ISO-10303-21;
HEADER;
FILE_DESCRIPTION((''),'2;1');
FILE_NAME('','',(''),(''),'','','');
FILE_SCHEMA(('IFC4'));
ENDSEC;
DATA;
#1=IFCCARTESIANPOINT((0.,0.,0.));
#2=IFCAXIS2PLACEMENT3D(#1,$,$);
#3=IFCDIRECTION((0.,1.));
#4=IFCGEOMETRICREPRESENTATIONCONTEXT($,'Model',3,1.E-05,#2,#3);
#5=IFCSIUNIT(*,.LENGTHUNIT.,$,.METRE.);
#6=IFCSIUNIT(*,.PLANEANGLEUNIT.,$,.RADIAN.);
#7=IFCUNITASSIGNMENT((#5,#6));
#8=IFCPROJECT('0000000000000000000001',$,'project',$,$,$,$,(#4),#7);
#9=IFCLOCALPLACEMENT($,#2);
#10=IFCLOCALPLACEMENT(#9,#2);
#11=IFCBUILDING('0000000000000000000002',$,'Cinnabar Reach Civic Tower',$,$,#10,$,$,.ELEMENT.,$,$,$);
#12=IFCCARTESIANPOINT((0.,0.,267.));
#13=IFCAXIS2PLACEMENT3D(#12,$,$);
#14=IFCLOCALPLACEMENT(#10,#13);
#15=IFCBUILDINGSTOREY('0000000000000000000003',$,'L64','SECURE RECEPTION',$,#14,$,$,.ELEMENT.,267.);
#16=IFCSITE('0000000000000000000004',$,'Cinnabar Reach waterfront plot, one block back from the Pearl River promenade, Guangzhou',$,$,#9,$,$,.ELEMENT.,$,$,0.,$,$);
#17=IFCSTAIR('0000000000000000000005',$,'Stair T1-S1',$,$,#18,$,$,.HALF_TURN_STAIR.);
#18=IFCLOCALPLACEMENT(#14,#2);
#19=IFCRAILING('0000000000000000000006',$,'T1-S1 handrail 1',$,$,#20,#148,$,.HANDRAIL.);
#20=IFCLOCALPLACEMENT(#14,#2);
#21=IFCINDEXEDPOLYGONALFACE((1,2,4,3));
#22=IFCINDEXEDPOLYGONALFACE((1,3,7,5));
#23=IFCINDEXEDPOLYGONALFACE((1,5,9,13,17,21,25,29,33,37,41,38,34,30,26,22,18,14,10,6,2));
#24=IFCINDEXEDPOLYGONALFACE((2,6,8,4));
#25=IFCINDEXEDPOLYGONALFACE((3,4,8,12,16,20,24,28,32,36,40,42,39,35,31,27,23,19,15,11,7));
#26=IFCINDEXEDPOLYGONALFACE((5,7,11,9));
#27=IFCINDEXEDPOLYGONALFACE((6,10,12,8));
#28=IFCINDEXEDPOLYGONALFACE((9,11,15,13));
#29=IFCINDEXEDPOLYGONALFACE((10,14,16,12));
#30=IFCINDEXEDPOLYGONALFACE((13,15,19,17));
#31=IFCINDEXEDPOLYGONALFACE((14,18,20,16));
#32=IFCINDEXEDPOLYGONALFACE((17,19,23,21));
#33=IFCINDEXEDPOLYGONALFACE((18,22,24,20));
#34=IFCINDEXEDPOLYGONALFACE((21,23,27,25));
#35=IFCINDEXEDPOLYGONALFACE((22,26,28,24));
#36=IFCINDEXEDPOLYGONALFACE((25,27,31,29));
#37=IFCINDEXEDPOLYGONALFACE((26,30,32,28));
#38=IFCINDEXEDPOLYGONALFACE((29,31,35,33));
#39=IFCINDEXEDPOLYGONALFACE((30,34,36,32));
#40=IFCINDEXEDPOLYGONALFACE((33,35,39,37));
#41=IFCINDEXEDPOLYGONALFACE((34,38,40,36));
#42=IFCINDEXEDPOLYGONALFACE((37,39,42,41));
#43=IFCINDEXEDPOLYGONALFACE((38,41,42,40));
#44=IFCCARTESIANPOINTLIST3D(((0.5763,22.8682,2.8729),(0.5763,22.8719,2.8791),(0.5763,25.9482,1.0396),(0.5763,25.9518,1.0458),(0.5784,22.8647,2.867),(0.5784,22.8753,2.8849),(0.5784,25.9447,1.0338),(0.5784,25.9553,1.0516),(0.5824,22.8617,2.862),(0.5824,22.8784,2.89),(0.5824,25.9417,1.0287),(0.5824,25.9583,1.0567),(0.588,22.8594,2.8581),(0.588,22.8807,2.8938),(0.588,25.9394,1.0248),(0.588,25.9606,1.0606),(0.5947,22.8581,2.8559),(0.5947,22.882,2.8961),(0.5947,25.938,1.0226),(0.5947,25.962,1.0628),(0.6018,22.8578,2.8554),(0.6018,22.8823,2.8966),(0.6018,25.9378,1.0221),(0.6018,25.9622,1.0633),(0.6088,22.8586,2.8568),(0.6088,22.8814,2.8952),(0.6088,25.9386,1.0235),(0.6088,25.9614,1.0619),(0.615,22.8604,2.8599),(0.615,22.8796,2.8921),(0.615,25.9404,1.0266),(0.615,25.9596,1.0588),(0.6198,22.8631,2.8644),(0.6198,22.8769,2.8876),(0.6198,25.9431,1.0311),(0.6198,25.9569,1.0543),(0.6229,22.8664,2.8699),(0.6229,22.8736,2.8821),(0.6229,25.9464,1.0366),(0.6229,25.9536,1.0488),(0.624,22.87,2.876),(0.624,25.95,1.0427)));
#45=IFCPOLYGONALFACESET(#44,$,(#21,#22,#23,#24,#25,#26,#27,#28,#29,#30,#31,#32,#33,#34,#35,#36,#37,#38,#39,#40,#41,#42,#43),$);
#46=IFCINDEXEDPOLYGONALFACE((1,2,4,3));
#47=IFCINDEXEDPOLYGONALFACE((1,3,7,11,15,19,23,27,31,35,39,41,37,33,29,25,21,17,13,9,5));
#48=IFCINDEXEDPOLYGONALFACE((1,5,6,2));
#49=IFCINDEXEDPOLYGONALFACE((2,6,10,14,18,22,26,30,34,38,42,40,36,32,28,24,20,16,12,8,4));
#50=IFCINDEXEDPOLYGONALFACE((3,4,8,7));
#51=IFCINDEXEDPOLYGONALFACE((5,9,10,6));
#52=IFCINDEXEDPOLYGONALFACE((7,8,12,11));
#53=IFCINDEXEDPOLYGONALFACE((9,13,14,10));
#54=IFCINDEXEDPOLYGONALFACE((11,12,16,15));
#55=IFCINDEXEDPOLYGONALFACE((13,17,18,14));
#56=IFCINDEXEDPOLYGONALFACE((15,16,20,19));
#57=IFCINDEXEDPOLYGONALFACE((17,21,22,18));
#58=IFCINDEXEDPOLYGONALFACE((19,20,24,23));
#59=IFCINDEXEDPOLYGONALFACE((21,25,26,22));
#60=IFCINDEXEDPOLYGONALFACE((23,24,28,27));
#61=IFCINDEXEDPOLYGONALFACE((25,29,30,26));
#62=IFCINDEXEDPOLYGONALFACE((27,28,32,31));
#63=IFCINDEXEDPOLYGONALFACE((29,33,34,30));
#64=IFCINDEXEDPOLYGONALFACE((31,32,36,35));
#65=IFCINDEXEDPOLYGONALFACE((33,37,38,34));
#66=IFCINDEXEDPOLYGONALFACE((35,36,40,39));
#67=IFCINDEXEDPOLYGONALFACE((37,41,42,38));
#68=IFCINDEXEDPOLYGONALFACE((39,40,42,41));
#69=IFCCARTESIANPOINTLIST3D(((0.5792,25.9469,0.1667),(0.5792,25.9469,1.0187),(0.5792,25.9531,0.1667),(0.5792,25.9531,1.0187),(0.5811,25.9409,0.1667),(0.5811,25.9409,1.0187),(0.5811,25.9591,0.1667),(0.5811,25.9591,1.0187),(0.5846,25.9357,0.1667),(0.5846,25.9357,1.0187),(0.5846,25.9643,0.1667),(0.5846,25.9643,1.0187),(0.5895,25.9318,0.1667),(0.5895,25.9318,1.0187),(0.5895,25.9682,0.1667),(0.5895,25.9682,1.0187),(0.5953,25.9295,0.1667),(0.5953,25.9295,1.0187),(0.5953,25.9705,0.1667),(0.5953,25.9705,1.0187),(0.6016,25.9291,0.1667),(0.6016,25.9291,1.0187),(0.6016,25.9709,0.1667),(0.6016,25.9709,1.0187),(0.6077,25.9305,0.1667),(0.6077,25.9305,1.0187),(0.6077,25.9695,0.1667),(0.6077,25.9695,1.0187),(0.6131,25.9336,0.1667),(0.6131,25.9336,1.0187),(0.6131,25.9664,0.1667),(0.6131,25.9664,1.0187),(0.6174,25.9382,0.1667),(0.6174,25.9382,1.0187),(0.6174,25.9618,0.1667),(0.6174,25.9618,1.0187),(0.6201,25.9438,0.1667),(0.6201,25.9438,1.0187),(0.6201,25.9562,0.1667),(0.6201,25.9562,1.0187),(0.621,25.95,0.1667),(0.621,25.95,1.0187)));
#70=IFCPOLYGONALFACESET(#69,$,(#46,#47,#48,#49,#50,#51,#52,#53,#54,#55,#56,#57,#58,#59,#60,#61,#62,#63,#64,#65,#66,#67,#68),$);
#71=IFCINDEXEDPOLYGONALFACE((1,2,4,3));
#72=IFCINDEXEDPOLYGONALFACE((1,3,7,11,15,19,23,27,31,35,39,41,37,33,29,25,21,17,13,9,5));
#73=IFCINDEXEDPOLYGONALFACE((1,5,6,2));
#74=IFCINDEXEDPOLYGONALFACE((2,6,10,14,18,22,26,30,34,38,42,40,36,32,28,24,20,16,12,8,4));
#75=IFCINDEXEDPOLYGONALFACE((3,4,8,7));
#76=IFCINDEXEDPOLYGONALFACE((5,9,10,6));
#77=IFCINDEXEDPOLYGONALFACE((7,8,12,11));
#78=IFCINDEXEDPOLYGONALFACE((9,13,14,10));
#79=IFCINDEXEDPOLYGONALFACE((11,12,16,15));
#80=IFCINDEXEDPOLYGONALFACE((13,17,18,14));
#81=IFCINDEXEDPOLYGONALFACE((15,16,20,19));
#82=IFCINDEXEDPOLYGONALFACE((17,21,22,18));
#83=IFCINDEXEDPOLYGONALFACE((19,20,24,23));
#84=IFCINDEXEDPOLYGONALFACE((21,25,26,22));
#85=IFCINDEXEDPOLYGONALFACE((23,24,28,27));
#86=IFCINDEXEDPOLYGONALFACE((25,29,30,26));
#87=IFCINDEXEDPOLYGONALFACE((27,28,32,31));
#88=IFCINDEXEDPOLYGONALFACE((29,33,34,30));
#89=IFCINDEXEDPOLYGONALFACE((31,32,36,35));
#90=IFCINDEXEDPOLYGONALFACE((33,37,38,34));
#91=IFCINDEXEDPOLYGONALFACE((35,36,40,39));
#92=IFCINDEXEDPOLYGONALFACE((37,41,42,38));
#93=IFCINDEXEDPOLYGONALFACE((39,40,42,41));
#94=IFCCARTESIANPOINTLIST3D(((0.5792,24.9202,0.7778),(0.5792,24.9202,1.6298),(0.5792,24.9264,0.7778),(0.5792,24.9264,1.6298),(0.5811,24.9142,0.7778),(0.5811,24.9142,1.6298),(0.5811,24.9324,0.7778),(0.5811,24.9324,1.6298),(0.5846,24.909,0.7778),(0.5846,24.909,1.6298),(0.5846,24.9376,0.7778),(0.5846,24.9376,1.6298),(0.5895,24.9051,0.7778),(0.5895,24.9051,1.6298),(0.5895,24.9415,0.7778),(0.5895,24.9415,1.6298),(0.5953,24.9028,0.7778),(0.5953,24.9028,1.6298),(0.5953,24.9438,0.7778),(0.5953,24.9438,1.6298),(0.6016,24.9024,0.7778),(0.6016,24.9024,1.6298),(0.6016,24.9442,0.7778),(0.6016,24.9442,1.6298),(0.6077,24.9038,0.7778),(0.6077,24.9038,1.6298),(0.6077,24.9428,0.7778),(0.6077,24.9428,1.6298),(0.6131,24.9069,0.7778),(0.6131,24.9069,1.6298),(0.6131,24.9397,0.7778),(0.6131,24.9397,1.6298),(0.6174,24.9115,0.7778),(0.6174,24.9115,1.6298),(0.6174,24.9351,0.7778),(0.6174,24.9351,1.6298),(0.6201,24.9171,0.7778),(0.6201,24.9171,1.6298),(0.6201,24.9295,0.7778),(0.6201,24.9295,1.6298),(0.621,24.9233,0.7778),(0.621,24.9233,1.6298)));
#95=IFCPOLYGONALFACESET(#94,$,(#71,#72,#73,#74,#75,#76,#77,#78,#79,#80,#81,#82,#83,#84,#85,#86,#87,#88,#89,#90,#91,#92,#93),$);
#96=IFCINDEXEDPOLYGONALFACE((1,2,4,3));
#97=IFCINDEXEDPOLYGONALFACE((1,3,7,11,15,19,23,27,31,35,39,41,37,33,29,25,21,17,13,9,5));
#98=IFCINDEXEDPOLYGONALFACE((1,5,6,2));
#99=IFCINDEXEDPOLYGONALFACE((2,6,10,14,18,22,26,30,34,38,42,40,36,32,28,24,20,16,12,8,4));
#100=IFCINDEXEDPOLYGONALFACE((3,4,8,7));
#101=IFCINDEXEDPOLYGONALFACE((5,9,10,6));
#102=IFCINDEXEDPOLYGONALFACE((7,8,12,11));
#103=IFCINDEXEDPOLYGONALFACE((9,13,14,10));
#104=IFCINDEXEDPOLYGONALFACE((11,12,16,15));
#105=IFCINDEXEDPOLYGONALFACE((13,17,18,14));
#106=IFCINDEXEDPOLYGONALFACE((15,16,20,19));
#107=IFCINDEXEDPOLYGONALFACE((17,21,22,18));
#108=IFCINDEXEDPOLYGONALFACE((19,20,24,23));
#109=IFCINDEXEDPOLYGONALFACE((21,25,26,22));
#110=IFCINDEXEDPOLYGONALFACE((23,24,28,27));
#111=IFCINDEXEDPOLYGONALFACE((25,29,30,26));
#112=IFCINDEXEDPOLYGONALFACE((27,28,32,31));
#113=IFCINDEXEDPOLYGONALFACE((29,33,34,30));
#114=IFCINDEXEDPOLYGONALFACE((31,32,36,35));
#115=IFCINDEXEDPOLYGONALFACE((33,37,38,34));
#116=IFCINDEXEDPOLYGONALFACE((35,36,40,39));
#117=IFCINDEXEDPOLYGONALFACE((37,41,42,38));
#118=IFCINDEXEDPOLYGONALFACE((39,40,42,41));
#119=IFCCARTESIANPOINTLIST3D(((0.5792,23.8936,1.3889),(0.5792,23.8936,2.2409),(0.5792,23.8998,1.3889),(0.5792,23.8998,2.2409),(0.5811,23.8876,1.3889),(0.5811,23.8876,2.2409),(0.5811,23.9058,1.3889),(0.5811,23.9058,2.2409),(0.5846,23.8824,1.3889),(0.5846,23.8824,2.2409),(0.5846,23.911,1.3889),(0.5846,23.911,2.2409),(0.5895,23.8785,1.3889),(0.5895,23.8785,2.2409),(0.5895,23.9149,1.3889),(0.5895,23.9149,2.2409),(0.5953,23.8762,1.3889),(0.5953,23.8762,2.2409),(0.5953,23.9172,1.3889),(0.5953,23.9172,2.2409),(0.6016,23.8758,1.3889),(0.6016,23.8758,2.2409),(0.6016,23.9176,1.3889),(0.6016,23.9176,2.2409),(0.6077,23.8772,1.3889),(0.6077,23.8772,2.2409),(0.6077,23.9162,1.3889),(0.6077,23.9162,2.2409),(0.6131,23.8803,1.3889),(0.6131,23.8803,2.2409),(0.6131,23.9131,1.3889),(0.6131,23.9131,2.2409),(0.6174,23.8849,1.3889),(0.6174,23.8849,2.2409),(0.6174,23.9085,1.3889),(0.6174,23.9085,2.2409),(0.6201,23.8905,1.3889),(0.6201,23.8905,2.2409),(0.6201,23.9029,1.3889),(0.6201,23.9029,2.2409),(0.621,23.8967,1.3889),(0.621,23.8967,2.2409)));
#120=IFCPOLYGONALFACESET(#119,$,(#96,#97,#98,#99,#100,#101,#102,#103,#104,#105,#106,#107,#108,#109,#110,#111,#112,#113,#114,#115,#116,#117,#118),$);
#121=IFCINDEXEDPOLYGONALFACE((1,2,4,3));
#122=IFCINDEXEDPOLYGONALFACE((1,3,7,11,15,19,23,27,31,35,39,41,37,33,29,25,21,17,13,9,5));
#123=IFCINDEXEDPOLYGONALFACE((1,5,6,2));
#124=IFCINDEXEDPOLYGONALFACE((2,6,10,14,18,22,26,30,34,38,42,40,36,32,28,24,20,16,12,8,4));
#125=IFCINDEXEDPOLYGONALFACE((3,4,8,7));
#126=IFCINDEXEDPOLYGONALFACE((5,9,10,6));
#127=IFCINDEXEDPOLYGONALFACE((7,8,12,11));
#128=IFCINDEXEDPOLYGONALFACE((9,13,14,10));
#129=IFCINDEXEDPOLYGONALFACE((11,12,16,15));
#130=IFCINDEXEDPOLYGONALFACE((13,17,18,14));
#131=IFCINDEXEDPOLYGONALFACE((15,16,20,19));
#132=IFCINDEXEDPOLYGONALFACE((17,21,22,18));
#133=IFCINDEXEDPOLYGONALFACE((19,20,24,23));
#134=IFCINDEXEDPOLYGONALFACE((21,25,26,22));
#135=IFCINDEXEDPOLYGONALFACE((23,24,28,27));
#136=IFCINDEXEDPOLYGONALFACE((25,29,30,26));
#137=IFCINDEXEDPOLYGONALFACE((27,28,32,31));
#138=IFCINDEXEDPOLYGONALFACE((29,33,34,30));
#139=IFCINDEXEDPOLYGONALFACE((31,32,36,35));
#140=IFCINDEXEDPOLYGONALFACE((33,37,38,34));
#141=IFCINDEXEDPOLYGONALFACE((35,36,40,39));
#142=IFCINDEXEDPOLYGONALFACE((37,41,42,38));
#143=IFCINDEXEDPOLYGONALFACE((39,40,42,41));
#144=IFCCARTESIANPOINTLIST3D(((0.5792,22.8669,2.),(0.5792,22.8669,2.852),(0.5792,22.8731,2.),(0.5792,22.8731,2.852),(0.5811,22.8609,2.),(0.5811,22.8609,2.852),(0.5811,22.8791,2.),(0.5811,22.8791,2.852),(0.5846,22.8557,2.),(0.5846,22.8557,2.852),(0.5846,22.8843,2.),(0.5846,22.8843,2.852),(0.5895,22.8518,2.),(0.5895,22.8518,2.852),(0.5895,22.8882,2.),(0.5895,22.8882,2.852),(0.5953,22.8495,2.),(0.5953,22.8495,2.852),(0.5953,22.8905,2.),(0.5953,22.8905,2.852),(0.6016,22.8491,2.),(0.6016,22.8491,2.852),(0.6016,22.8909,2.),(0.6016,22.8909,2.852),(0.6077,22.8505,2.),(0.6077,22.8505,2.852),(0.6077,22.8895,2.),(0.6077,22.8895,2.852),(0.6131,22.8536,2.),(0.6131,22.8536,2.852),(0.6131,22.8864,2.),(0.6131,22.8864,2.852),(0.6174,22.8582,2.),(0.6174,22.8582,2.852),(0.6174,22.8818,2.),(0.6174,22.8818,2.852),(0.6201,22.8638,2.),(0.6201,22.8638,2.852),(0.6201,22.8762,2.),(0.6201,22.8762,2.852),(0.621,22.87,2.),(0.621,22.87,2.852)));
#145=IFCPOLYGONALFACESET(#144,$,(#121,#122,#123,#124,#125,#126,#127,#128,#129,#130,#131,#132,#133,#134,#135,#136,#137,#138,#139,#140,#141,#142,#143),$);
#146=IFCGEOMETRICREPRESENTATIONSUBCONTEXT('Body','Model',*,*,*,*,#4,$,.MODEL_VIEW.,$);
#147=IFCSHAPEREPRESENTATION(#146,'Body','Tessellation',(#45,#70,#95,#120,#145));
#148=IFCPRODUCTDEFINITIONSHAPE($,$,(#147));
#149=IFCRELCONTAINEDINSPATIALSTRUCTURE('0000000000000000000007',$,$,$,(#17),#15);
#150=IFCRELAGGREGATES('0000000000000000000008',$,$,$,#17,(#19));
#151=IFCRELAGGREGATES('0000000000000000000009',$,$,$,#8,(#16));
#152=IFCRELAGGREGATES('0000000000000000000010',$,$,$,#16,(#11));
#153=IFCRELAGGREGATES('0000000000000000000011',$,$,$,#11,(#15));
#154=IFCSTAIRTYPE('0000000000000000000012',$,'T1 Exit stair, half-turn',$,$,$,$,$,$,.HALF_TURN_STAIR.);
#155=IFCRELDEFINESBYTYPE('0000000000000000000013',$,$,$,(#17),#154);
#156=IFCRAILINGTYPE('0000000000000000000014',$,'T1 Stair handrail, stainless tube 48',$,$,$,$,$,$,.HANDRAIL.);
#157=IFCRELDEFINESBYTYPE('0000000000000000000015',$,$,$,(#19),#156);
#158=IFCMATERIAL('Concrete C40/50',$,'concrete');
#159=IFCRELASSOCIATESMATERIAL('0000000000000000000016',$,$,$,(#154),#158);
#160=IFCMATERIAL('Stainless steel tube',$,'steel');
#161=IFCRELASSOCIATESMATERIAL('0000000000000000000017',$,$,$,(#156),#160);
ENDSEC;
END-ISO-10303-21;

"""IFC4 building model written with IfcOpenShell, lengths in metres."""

from ifc_helpers import new_model, si_unit, direction, frame, origin, origin_2d, place, context, subcontext, project, spatial, circle, extrude, material, type_object, element, aggregate, save


model = new_model("IFC4")

# Units and contexts
model_context = context("Model", 3, precision=1e-05, world=origin(), true_north=direction((0.0, 1.0)))
body_context = subcontext(model_context, "Body", "Model", "MODEL_VIEW")
ifc_project = project(units=[si_unit("LENGTHUNIT", "METRE"), si_unit("PLANEANGLEUNIT", "RADIAN")], contexts=[model_context])

# Site, building, storey
site_placement = place(None, origin())
site = spatial("IfcSite", under=ifc_project, at=site_placement, Name="Cinnabar Reach waterfront plot, one block back from the Pearl River promenade, Guangzhou", CompositionType="ELEMENT", RefElevation=0.0)
building_placement = place(site_placement, origin())
building = spatial("IfcBuilding", under=site, at=building_placement, Name="Cinnabar Reach Civic Tower", CompositionType="ELEMENT")
storey_placement = place(building_placement, frame((0.0, 0.0, 267.0)))
storey = spatial("IfcBuildingStorey", under=building, at=storey_placement, Name="L64", Description="SECURE RECEPTION", CompositionType="ELEMENT", Elevation=267.0)

# Shared definitions
ifc_material_1 = material(Name="Concrete C40/50", Category="concrete")

# Stair, railing
stair_type = type_object("IfcStairType", Name="T1 Exit stair, half-turn", PredefinedType="HALF_TURN_STAIR", material=ifc_material_1)
stair_placement = place(storey_placement, origin())
stair = element("IfcStair", 1, at=stair_placement, inside=storey, type_object=stair_type, Name="Stair T1-S1", PredefinedType="HALF_TURN_STAIR")
ifc_material_2 = material(Name="Stainless steel tube", Category="steel")
railing_type = type_object("IfcRailingType", Name="T1 Stair handrail, stainless tube 48", PredefinedType="HANDRAIL", material=ifc_material_2)
railing_1_placement = place(storey_placement, frame((0.6, 25.95, 0.1667)))
railing_1 = element("IfcRailing", 2, at=railing_1_placement, type_object=railing_type, Name="T1-S1 handrail 1", PredefinedType="HANDRAIL", context=body_context, shape_type="SweptSolid", body=[
    extrude(circle(Radius=0.024, at=origin_2d()), frame((0.0, 0.0, 0.876), z_axis=(0.0, -0.859297, 0.511477), x_axis=(1.0, 0.0, 0.0)), (0.0, 0.0, 1.0), 3.5843),
    extrude(circle(Radius=0.021, at=origin_2d()), origin(), (0.0, 0.0, 1.0), 0.852),
    extrude(circle(Radius=0.021, at=origin_2d()), frame((0.0, -1.0267, 0.6111)), (0.0, 0.0, 1.0), 0.852),
    extrude(circle(Radius=0.021, at=origin_2d()), frame((0.0, -2.0533, 1.2222)), (0.0, 0.0, 1.0), 0.852),
    extrude(circle(Radius=0.021, at=origin_2d()), frame((0.0, -3.08, 1.8333)), (0.0, 0.0, 1.0), 0.852),
])
aggregate(stair, [railing_1])

save(model, "model.ifc")
